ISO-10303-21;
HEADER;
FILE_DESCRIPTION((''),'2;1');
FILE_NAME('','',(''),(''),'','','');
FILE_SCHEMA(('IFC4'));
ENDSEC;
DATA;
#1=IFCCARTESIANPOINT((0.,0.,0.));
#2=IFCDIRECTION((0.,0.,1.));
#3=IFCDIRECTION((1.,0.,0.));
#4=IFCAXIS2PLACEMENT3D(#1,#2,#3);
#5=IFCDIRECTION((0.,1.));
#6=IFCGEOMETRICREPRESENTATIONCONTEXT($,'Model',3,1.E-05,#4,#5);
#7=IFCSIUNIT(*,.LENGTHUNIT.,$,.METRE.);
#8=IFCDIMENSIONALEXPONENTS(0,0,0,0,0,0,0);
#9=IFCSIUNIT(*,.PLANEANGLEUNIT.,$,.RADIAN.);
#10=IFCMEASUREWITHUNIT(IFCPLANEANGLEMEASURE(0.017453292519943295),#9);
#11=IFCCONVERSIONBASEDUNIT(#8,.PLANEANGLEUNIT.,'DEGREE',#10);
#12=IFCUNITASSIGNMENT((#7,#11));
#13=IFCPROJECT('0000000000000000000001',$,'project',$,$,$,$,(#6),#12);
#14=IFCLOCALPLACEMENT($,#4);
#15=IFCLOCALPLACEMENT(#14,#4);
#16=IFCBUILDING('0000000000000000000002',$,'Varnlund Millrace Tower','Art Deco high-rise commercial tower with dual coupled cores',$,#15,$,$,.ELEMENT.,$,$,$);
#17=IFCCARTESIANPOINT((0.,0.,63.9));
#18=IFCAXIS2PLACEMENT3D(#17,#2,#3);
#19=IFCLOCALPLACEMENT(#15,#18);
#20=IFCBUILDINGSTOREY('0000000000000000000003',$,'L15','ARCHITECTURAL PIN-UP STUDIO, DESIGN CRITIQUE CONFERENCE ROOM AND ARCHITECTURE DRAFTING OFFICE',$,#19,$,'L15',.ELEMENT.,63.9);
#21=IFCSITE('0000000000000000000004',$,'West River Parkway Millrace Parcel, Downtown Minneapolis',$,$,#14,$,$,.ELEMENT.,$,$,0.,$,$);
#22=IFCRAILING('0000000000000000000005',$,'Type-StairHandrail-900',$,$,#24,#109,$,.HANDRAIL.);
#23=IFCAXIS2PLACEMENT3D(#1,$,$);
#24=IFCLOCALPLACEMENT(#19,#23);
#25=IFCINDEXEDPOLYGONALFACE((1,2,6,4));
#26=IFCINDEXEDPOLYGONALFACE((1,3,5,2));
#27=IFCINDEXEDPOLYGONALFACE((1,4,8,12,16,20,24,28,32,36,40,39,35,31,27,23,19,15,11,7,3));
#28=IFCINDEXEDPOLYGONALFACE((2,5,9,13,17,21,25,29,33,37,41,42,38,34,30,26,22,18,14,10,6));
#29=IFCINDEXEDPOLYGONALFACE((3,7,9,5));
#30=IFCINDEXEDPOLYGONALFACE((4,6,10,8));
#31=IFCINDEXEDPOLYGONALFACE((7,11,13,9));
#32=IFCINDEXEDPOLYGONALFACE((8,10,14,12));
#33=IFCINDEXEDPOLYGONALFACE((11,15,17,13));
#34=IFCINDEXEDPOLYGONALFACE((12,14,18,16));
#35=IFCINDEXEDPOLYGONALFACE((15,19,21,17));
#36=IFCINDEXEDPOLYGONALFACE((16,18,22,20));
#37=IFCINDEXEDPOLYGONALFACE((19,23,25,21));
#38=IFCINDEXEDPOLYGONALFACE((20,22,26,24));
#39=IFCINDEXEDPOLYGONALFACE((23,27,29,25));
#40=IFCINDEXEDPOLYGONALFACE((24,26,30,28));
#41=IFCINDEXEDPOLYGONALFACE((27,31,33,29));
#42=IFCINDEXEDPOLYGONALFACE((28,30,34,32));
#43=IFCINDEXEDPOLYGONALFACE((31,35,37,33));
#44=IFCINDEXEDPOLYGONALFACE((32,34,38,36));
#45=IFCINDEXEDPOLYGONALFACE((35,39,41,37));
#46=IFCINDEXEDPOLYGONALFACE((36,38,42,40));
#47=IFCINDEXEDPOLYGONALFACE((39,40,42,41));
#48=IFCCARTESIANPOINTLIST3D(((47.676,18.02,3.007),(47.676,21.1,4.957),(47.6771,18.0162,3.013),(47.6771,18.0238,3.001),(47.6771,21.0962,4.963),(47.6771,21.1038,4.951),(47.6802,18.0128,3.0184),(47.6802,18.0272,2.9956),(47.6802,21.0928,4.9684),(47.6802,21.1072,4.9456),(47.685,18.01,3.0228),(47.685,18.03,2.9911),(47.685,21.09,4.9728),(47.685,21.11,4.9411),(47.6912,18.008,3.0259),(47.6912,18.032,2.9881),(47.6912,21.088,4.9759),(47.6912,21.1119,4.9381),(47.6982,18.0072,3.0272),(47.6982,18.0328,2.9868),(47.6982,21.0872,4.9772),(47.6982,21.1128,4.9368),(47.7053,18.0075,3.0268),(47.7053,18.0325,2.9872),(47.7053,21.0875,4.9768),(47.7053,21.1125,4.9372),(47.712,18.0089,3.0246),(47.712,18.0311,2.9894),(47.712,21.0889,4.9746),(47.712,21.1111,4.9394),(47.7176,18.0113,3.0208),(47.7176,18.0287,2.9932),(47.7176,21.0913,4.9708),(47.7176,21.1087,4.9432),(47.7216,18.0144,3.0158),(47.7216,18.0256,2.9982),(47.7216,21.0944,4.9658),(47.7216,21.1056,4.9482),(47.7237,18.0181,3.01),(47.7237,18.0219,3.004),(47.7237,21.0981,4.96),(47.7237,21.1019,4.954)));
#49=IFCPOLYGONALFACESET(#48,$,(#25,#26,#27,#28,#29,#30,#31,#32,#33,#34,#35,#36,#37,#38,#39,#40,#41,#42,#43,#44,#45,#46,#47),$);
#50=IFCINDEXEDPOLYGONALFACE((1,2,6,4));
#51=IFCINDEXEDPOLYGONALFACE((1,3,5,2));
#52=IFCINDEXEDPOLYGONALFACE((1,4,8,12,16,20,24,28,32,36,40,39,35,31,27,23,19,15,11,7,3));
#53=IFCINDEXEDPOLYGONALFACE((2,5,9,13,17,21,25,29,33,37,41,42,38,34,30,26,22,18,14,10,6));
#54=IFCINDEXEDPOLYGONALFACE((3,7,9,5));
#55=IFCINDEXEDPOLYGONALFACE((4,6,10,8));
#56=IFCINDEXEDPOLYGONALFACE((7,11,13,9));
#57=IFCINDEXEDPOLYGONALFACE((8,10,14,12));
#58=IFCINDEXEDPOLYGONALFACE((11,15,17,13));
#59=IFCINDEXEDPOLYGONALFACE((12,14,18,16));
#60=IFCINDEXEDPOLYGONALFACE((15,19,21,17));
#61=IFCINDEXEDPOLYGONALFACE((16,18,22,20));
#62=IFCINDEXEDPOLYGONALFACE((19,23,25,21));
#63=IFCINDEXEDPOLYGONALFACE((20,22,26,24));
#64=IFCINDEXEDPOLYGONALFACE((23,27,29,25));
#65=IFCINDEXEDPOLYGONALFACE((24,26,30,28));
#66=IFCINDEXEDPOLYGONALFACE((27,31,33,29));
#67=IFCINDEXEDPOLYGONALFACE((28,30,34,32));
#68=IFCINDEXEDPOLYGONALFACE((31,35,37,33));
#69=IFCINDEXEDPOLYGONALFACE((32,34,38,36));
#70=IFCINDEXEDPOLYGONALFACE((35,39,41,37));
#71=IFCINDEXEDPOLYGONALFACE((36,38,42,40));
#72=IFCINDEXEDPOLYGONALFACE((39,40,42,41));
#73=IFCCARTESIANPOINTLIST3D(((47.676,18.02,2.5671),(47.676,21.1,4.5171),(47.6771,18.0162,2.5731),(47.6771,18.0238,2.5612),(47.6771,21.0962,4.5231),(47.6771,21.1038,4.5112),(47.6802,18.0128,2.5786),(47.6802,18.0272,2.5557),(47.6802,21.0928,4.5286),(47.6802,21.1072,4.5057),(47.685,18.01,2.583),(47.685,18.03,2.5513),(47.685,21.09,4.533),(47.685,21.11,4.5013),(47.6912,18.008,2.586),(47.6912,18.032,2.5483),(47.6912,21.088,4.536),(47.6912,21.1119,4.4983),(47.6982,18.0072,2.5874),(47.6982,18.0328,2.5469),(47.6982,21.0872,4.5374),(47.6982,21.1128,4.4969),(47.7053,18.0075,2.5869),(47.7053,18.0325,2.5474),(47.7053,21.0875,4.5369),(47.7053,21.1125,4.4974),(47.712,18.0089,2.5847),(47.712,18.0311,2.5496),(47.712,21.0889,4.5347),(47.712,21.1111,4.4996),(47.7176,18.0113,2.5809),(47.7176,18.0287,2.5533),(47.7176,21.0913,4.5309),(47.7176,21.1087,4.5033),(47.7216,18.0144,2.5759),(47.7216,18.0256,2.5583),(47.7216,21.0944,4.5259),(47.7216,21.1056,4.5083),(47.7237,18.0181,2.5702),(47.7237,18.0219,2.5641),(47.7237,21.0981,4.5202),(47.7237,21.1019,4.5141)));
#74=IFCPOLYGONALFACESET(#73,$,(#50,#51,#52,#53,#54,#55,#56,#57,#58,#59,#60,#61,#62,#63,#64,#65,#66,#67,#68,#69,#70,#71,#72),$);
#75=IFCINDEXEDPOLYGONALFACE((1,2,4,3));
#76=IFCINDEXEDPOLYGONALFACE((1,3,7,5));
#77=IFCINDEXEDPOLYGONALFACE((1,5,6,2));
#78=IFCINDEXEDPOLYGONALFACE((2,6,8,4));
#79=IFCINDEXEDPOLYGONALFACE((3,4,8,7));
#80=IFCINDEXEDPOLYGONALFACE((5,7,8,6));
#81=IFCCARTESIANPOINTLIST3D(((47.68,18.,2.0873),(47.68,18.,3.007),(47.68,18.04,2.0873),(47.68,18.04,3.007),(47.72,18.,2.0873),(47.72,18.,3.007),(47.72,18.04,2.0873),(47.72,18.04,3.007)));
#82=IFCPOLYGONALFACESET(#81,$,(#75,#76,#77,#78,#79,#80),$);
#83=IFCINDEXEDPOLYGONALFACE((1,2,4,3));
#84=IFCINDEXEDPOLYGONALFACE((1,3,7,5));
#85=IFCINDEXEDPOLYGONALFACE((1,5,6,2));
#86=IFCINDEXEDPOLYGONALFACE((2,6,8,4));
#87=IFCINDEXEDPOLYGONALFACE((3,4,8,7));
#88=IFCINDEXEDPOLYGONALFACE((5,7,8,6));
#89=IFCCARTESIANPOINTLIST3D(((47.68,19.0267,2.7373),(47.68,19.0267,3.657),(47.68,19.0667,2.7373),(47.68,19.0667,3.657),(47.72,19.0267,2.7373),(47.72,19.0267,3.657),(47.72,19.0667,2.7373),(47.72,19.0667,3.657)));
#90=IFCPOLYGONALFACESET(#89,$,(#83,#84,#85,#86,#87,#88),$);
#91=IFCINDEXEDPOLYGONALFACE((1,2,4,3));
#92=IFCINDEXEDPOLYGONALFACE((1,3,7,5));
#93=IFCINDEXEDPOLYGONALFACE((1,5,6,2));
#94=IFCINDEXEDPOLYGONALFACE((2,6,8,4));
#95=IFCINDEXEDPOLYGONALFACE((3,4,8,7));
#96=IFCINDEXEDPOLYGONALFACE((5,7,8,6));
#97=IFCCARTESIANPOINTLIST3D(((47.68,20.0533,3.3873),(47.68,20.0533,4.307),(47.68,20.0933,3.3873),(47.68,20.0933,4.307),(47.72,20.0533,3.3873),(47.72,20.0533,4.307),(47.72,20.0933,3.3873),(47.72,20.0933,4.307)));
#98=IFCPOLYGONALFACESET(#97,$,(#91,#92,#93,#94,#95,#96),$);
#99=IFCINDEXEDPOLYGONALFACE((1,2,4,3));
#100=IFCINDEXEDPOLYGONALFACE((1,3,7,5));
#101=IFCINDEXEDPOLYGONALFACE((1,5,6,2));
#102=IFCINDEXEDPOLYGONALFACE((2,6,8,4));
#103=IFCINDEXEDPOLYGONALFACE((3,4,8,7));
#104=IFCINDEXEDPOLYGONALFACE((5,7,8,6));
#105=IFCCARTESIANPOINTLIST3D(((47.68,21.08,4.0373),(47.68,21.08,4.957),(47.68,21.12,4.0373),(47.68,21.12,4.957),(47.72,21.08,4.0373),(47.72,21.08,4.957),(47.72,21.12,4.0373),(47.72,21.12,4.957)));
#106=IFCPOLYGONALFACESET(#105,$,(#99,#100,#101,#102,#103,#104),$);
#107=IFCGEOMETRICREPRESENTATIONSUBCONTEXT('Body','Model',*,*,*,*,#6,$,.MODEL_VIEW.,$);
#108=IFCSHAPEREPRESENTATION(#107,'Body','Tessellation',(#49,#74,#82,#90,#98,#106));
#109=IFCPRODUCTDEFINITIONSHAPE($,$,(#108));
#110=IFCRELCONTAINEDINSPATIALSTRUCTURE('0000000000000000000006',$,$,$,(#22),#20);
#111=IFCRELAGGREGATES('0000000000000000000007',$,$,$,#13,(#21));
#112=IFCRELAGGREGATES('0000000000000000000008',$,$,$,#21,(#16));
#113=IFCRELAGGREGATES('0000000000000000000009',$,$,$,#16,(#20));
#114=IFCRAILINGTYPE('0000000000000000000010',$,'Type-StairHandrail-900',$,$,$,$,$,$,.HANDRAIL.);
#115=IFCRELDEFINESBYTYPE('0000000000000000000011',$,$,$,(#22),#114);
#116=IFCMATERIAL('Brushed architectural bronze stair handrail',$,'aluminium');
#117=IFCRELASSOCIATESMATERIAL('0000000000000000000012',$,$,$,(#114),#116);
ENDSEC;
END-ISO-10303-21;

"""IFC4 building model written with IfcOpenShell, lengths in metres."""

from ifc_helpers import new_model, entity, si_unit, converted_unit, direction, frame, origin_with_axes, origin_2d_with_axis, place, context, subcontext, project, spatial, rectangle, circle, extrude, material, type_object, element, save


model = new_model("IFC4")

# Units and contexts
model_context = context("Model", 3, precision=1e-05, world=origin_with_axes(), true_north=direction((0.0, 1.0)))
body_context = subcontext(model_context, "Body", "Model", "MODEL_VIEW")
ifc_project = project(units=[si_unit("LENGTHUNIT", "METRE"), converted_unit("PLANEANGLEUNIT", "DEGREE", entity("IfcPlaneAngleMeasure", 0.017453292519943295), si_unit("PLANEANGLEUNIT", "RADIAN"), dimensions=[0, 0, 0, 0, 0, 0, 0])], contexts=[model_context])

# Site, building, storey
site_placement = place(None, origin_with_axes())
site = spatial("IfcSite", under=ifc_project, at=site_placement, Name="West River Parkway Millrace Parcel, Downtown Minneapolis", CompositionType="ELEMENT", RefElevation=0.0)
building_placement = place(site_placement, origin_with_axes())
building = spatial("IfcBuilding", under=site, at=building_placement, Name="Varnlund Millrace Tower", Description="Art Deco high-rise commercial tower with dual coupled cores", CompositionType="ELEMENT")
storey_placement = place(building_placement, frame((0.0, 0.0, 63.9), z_axis=(0.0, 0.0, 1.0), x_axis=(1.0, 0.0, 0.0)))
storey = spatial("IfcBuildingStorey", under=building, at=storey_placement, Name="L15", Description="ARCHITECTURAL PIN-UP STUDIO, DESIGN CRITIQUE CONFERENCE ROOM AND ARCHITECTURE DRAFTING OFFICE", LongName="L15", CompositionType="ELEMENT", Elevation=63.9)

# Railing
ifc_material_1 = material(Name="Brushed architectural bronze stair handrail", Category="aluminium")
railing_type_1 = type_object("IfcRailingType", Name="Type-StairHandrail-900", PredefinedType="HANDRAIL", material=ifc_material_1)
railing_1_placement = place(storey_placement, frame((0.0, 0.0, -63.9), z_axis=(0.0, 0.0, 1.0), x_axis=(1.0, 0.0, 0.0)))
element("IfcRailing", 1, at=railing_1_placement, inside=storey, type_object=railing_type_1, Name="Type-StairHandrail-900", PredefinedType="HANDRAIL", context=body_context, shape_type="SweptSolid", body=[
    extrude(circle(Radius=0.024, at=origin_2d_with_axis()), frame((47.7, 18.02, 66.907), z_axis=(0.0, 0.844902, 0.534922), x_axis=(-1.0, 0.0, 0.0)), (0.0, 0.0, 1.0), 3.6454),
    extrude(circle(Radius=0.024, at=origin_2d_with_axis()), frame((47.7, 18.02, 66.4671), z_axis=(0.0, 0.844902, 0.534922), x_axis=(-1.0, 0.0, 0.0)), (0.0, 0.0, 1.0), 3.6454),
    extrude(rectangle(XDim=0.04, YDim=0.04, at=origin_2d_with_axis()), frame((47.7, 18.02, 65.9873), z_axis=(0.0, 0.0, 1.0), x_axis=(1.0, 0.0, 0.0)), (0.0, 0.0, 1.0), 0.9197),
    extrude(rectangle(XDim=0.04, YDim=0.04, at=origin_2d_with_axis()), frame((47.7, 19.0467, 66.6373), z_axis=(0.0, 0.0, 1.0), x_axis=(1.0, 0.0, 0.0)), (0.0, 0.0, 1.0), 0.9197),
    extrude(rectangle(XDim=0.04, YDim=0.04, at=origin_2d_with_axis()), frame((47.7, 20.0733, 67.2873), z_axis=(0.0, 0.0, 1.0), x_axis=(1.0, 0.0, 0.0)), (0.0, 0.0, 1.0), 0.9197),
    extrude(rectangle(XDim=0.04, YDim=0.04, at=origin_2d_with_axis()), frame((47.7, 21.1, 67.9373), z_axis=(0.0, 0.0, 1.0), x_axis=(1.0, 0.0, 0.0)), (0.0, 0.0, 1.0), 0.9197),
])

save(model, "model.ifc")
